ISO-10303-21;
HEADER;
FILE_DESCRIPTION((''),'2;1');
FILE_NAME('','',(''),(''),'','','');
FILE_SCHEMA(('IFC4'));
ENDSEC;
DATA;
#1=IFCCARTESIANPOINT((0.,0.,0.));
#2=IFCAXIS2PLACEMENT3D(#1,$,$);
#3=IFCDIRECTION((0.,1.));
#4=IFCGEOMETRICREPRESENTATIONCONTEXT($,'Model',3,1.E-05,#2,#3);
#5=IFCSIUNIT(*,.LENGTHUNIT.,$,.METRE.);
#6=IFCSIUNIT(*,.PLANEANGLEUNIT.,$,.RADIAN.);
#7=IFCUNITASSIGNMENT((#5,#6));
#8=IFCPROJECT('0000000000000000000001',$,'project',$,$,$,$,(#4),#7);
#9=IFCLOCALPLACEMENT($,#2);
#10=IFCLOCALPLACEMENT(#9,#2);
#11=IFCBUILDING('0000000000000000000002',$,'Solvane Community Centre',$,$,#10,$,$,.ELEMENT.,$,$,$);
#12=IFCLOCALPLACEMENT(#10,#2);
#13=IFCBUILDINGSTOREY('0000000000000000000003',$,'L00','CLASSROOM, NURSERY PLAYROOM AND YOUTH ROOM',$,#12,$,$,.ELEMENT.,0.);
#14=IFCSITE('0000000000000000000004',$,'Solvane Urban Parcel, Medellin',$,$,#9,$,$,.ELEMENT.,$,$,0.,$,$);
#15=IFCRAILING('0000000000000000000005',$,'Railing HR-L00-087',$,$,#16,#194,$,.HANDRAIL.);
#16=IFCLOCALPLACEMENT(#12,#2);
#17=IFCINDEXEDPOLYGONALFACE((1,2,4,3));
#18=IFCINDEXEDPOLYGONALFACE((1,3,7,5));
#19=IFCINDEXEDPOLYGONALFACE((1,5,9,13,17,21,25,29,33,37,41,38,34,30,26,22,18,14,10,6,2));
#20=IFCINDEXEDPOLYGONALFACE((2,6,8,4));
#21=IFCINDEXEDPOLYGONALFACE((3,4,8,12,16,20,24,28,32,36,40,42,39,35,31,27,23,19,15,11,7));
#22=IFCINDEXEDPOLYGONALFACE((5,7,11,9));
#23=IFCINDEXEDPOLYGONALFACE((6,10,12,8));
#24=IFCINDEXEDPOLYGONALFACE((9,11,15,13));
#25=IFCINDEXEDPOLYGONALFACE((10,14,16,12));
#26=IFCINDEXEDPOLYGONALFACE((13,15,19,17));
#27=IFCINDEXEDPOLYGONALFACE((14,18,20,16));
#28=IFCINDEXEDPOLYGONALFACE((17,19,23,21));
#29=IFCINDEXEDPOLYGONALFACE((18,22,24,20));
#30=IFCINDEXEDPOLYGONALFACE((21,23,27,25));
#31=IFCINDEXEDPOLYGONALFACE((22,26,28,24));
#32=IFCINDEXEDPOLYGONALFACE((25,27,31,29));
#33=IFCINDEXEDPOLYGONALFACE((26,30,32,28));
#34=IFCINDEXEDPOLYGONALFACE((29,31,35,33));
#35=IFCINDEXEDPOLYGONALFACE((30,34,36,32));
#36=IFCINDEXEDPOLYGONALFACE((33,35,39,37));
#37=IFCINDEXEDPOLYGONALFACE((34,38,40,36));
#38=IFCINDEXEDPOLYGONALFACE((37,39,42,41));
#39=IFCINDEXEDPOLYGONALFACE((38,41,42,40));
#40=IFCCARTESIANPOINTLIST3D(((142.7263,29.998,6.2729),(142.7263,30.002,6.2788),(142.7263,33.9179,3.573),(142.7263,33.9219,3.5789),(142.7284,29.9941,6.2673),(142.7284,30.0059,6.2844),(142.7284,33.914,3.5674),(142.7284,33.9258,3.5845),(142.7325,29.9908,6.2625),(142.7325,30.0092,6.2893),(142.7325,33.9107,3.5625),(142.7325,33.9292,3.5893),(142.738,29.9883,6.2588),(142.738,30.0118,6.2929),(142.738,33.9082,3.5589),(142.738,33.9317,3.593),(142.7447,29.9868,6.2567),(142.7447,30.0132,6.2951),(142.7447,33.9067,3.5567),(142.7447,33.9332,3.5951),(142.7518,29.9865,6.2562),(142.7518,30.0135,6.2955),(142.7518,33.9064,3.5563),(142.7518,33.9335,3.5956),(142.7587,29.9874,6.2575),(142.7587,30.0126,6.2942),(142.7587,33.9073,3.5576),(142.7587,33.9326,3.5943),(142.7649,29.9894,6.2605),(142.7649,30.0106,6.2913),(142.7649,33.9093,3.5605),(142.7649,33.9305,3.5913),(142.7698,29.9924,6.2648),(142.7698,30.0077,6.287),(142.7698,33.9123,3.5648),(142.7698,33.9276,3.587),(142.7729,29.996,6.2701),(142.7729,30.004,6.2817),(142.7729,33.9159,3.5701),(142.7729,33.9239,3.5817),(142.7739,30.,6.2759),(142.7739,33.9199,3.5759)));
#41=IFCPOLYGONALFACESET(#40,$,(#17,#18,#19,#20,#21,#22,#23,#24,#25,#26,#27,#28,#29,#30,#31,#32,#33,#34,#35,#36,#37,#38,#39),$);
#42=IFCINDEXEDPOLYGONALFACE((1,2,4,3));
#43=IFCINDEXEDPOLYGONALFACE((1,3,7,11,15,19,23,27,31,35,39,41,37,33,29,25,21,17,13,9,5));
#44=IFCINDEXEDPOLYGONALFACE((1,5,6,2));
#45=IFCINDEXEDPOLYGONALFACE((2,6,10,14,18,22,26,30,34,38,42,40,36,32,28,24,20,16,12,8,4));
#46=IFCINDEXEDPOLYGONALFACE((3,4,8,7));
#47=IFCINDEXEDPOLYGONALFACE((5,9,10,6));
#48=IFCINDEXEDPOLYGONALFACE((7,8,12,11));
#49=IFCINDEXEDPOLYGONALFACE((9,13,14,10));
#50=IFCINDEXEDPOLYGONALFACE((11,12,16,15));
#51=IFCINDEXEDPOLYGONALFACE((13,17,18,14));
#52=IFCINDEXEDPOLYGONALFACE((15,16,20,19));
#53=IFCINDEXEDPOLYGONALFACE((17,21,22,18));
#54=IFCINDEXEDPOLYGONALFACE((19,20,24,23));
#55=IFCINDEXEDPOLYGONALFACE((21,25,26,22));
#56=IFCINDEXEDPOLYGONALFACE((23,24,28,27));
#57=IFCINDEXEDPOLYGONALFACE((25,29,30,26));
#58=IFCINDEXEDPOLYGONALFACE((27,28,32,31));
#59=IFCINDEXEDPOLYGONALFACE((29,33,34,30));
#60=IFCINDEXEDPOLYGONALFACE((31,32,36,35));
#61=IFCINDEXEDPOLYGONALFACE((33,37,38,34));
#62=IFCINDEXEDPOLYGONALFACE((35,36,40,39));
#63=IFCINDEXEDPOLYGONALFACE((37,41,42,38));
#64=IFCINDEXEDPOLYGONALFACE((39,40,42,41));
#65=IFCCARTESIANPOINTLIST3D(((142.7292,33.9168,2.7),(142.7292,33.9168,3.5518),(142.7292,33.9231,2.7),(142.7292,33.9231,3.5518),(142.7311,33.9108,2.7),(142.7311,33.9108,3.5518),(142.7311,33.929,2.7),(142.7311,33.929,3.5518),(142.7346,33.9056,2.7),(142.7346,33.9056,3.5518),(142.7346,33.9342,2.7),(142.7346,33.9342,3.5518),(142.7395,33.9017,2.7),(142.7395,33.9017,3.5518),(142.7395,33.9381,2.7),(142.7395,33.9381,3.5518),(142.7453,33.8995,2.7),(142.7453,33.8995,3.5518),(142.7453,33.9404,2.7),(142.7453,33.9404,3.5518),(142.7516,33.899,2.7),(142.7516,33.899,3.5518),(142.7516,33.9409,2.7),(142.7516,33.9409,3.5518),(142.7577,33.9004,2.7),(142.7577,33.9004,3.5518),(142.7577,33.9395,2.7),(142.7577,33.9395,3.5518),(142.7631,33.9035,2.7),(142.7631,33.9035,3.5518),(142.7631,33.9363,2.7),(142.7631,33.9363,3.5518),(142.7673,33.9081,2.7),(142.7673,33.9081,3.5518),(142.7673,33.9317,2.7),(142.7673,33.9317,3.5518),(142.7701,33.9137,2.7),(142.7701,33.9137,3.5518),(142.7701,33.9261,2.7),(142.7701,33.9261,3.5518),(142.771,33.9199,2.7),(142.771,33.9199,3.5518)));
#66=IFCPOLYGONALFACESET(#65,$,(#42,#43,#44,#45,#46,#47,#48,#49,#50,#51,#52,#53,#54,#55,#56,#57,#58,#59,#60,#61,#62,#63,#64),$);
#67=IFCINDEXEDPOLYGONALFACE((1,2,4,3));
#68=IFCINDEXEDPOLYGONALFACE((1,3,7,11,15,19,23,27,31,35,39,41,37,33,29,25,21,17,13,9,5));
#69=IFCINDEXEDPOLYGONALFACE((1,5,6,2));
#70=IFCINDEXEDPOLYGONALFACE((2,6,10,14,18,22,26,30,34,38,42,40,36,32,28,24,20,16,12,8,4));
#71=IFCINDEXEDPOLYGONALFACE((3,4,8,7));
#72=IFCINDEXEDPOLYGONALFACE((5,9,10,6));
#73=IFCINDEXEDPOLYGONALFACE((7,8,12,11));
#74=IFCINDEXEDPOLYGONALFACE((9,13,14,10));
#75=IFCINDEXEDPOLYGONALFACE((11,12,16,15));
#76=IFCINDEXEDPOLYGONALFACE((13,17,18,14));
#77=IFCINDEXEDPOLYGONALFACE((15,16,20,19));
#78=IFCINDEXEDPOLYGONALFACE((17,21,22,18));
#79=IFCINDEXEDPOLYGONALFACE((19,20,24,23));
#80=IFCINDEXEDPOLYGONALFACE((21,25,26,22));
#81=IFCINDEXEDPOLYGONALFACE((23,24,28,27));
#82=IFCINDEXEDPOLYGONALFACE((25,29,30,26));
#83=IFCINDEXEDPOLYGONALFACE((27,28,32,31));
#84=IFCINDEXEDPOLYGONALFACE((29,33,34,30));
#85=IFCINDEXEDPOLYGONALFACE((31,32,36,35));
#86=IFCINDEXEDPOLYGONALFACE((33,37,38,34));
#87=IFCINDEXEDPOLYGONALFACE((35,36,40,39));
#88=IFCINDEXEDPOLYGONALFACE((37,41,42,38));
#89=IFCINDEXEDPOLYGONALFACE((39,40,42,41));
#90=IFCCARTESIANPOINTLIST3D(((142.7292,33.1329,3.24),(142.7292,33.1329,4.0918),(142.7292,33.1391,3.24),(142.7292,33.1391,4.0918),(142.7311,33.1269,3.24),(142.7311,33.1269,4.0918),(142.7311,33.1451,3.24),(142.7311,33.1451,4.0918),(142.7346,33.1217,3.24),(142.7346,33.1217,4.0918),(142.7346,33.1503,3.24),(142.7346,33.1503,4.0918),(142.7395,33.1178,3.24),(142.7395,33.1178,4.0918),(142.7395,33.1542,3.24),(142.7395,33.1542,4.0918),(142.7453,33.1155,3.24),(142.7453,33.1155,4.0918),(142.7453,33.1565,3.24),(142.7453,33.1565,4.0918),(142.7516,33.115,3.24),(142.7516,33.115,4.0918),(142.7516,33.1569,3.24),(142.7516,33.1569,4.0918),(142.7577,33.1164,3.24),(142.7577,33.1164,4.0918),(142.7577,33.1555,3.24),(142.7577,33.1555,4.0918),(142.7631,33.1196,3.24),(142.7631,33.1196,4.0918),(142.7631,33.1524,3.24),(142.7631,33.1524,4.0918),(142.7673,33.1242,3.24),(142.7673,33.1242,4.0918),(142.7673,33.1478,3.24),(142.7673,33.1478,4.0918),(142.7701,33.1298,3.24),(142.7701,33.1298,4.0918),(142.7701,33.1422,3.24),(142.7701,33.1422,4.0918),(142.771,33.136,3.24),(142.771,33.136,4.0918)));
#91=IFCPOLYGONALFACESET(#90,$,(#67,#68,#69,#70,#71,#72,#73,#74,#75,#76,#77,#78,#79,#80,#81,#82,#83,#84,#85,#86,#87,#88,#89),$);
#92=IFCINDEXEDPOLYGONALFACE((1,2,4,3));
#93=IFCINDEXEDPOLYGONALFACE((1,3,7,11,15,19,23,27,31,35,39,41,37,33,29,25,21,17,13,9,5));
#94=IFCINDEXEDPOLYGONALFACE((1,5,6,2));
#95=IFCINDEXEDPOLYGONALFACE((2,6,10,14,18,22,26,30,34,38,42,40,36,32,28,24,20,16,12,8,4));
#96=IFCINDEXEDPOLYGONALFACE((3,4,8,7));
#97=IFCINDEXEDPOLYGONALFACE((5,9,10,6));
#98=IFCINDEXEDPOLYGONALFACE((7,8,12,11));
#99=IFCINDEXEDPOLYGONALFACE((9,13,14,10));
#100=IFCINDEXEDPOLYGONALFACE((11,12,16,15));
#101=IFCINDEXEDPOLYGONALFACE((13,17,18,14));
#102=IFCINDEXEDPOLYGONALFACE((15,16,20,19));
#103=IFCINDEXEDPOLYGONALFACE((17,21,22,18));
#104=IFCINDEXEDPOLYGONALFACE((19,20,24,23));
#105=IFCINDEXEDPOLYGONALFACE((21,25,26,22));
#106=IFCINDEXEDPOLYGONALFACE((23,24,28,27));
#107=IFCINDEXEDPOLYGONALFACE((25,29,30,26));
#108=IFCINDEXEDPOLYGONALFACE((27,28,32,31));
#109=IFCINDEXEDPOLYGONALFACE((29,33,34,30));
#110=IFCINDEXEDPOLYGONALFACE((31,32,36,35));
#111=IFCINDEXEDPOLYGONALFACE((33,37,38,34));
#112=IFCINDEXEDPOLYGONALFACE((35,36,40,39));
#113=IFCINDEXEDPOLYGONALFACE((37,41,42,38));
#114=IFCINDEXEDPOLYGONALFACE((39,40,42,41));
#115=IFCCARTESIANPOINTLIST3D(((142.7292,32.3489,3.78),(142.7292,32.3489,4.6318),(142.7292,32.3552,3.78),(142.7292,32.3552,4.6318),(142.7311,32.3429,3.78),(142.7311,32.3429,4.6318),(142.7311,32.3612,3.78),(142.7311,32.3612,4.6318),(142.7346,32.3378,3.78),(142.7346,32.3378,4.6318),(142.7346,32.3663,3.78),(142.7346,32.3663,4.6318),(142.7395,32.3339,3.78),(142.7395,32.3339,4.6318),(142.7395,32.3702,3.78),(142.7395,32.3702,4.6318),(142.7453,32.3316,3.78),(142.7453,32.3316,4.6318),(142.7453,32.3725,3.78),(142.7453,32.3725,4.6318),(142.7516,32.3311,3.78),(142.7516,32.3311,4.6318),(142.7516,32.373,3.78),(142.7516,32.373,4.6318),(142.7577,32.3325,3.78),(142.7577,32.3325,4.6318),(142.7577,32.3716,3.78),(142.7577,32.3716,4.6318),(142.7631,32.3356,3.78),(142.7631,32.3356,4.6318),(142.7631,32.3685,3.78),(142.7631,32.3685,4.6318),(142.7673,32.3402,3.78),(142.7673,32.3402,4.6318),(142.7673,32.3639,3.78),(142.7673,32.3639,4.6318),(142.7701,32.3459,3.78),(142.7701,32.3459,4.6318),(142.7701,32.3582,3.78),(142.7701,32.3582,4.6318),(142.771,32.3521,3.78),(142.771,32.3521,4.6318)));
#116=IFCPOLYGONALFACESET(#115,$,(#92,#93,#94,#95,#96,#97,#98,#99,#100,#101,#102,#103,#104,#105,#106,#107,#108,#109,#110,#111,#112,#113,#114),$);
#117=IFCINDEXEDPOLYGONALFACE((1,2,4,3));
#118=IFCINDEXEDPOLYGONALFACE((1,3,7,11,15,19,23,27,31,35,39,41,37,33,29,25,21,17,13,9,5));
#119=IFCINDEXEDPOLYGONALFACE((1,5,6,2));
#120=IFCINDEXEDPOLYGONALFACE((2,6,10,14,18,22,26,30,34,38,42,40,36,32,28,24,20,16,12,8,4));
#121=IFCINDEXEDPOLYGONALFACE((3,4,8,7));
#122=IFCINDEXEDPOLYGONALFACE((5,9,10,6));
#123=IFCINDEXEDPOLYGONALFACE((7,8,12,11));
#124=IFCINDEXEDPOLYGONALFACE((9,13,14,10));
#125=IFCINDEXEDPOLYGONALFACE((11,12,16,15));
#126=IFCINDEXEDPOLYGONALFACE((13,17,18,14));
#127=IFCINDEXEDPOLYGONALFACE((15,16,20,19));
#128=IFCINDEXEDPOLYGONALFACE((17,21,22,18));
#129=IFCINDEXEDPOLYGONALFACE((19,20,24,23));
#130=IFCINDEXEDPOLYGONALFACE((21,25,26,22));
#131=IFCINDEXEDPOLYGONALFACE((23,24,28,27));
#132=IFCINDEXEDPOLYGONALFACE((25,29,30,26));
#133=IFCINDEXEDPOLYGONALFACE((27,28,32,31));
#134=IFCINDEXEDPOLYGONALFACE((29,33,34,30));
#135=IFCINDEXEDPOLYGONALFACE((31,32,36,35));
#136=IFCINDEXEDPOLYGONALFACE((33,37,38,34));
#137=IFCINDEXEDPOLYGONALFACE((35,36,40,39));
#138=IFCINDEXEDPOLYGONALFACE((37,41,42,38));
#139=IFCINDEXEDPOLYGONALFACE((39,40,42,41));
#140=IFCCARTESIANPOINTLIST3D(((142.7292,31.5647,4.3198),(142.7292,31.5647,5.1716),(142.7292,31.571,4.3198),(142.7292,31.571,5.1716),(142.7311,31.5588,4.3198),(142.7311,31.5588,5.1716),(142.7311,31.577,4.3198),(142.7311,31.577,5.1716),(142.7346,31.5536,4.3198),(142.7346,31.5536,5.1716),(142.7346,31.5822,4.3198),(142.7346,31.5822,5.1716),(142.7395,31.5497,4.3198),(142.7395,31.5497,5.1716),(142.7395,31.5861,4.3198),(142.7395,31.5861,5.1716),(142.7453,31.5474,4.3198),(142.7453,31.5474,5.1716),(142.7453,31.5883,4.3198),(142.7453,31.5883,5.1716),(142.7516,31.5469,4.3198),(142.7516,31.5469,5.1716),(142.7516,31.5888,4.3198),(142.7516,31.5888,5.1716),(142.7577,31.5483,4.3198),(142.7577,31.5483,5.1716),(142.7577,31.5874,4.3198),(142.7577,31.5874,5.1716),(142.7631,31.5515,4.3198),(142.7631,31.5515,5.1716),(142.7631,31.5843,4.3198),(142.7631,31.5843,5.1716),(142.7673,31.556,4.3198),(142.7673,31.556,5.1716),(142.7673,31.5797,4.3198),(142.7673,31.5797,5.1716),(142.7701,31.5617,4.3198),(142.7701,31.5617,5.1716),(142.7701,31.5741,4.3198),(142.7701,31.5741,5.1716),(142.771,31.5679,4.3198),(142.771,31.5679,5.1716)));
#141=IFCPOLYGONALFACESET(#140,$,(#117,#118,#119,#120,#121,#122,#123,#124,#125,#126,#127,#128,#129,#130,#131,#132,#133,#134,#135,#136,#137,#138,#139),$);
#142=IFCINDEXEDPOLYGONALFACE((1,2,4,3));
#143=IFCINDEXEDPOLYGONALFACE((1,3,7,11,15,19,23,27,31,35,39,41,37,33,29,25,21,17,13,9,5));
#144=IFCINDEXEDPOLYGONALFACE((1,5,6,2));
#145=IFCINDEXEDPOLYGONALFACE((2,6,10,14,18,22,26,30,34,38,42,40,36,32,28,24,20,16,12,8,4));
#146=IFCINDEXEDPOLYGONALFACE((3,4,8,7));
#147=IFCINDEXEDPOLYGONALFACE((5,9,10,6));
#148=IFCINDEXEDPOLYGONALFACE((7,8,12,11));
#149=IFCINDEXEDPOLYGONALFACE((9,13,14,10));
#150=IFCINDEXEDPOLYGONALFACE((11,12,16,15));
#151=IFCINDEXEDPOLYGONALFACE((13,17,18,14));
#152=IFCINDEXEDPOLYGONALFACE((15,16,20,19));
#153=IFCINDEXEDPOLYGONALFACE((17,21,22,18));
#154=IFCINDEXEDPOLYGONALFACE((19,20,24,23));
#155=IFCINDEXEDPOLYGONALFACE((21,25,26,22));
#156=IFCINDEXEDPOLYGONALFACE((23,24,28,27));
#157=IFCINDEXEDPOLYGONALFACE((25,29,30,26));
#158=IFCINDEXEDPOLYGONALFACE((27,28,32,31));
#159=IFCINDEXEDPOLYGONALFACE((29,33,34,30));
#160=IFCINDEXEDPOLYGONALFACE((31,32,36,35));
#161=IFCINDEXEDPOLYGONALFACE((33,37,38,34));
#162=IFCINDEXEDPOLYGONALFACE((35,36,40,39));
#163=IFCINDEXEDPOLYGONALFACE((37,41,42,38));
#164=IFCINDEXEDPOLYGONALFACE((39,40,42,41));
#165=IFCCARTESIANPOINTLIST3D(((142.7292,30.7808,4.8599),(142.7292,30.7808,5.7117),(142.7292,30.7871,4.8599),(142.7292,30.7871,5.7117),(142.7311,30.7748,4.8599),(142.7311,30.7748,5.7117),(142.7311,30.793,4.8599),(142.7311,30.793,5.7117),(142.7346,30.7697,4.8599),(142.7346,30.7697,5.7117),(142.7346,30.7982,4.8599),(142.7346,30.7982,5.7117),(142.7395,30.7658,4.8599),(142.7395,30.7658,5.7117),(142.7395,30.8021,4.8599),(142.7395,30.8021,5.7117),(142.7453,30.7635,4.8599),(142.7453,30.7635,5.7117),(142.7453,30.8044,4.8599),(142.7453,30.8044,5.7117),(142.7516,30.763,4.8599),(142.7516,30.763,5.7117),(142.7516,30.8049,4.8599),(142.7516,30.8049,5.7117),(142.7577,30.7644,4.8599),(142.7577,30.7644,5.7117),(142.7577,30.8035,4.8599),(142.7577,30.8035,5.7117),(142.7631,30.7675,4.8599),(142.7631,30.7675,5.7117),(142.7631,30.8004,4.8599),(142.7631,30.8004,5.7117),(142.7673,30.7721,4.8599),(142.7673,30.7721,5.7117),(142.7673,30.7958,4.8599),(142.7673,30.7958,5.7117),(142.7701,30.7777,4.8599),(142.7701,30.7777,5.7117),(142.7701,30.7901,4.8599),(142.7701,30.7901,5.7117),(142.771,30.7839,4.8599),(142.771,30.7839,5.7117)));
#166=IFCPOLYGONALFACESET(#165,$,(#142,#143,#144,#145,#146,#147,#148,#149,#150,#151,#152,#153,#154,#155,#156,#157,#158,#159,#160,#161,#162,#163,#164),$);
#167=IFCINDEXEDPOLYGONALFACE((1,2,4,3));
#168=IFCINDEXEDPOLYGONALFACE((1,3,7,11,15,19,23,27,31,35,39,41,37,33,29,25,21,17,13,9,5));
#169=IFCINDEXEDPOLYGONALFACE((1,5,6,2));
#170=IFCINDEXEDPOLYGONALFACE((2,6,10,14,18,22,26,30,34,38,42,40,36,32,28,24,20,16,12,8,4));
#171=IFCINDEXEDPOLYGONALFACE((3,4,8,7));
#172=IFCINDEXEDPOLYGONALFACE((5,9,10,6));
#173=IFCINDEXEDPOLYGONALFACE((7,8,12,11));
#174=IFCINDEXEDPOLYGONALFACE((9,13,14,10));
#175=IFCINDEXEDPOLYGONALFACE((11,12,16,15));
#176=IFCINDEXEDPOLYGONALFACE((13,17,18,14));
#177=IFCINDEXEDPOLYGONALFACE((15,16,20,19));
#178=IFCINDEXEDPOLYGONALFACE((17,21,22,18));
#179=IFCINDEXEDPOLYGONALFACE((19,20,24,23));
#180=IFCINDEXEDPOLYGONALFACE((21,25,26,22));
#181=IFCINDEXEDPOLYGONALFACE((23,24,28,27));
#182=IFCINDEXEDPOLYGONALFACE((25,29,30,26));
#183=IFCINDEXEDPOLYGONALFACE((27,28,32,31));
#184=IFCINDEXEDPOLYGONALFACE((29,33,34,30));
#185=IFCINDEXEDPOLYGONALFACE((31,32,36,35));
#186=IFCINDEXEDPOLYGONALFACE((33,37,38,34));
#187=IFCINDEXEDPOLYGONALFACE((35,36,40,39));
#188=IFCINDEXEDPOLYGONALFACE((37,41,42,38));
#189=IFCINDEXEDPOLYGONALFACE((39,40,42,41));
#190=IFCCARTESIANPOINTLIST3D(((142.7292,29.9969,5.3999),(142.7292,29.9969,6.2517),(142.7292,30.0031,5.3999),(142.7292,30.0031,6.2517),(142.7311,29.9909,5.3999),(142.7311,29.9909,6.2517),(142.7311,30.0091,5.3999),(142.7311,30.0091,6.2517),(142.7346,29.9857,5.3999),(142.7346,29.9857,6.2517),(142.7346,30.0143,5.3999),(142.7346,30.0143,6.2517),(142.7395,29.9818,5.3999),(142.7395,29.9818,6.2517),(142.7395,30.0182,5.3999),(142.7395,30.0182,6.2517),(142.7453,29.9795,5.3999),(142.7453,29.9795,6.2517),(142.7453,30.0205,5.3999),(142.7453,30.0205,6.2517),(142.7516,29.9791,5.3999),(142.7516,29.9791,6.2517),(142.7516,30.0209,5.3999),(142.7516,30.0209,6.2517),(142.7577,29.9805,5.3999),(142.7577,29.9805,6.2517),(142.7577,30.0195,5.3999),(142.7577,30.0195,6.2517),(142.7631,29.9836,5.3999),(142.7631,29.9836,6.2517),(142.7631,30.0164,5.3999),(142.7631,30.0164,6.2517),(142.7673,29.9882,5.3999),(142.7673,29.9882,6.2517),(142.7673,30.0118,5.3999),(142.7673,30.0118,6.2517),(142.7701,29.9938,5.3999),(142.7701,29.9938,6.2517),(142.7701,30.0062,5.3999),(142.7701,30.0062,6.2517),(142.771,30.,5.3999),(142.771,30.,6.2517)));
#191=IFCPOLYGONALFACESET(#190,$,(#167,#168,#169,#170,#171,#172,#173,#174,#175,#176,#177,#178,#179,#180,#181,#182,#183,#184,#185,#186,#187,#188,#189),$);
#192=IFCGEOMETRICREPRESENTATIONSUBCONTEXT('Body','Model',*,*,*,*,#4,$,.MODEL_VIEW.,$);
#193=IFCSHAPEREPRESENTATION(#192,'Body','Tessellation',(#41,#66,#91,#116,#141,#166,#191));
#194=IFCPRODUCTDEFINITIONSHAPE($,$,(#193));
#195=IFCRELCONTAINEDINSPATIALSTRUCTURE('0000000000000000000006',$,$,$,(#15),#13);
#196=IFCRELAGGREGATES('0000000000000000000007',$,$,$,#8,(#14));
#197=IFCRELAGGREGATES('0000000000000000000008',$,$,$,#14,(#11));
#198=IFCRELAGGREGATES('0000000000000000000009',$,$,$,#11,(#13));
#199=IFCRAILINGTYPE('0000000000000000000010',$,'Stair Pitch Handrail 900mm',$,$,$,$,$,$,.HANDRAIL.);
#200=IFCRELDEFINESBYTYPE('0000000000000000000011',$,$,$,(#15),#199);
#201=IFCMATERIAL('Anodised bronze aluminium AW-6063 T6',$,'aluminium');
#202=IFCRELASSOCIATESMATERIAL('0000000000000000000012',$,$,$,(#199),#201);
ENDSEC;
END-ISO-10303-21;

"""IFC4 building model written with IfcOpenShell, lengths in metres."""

from ifc_helpers import new_model, si_unit, direction, frame, origin, origin_2d, place, context, subcontext, project, spatial, circle, extrude, material, type_object, element, save


model = new_model("IFC4")

# Units and contexts
model_context = context("Model", 3, precision=1e-05, world=origin(), true_north=direction((0.0, 1.0)))
body_context = subcontext(model_context, "Body", "Model", "MODEL_VIEW")
ifc_project = project(units=[si_unit("LENGTHUNIT", "METRE"), si_unit("PLANEANGLEUNIT", "RADIAN")], contexts=[model_context])

# Site, building, storey
site_placement = place(None, origin())
site = spatial("IfcSite", under=ifc_project, at=site_placement, Name="Solvane Urban Parcel, Medellin", CompositionType="ELEMENT", RefElevation=0.0)
building_placement = place(site_placement, origin())
building = spatial("IfcBuilding", under=site, at=building_placement, Name="Solvane Community Centre", CompositionType="ELEMENT")
storey_placement = place(building_placement, origin())
storey = spatial("IfcBuildingStorey", under=building, at=storey_placement, Name="L00", Description="CLASSROOM, NURSERY PLAYROOM AND YOUTH ROOM", CompositionType="ELEMENT", Elevation=0.0)

# Railing
ifc_material_1 = material(Name="Anodised bronze aluminium AW-6063 T6", Category="aluminium")
railing_type_1 = type_object("IfcRailingType", Name="Stair Pitch Handrail 900mm", PredefinedType="HANDRAIL", material=ifc_material_1)
railing_1_placement = place(storey_placement, frame((142.75, 33.9199, 2.7)))
element("IfcRailing", 1, at=railing_1_placement, inside=storey, type_object=railing_type_1, Name="Railing HR-L00-087", PredefinedType="HANDRAIL", context=body_context, shape_type="SweptSolid", body=[
    extrude(circle(Radius=0.0239, at=origin_2d()), frame((0.0, 0.0, 0.876), z_axis=(0.0, -0.823551, 0.567243), x_axis=(1.0, 0.0, 0.0)), (0.0, 0.0, 1.0), 4.7598),
    extrude(circle(Radius=0.021, at=origin_2d()), origin(), (0.0, 0.0, 1.0), 0.8518),
    extrude(circle(Radius=0.021, at=origin_2d()), frame((0.0, -0.7839, 0.54)), (0.0, 0.0, 1.0), 0.8518),
    extrude(circle(Radius=0.021, at=origin_2d()), frame((0.0, -1.5679, 1.0801)), (0.0, 0.0, 1.0), 0.8518),
    extrude(circle(Radius=0.021, at=origin_2d()), frame((0.0, -2.3521, 1.6199)), (0.0, 0.0, 1.0), 0.8518),
    extrude(circle(Radius=0.021, at=origin_2d()), frame((0.0, -3.136, 2.1599)), (0.0, 0.0, 1.0), 0.8518),
    extrude(circle(Radius=0.021, at=origin_2d()), frame((0.0, -3.9199, 2.7)), (0.0, 0.0, 1.0), 0.8518),
])

save(model, "model.ifc")
